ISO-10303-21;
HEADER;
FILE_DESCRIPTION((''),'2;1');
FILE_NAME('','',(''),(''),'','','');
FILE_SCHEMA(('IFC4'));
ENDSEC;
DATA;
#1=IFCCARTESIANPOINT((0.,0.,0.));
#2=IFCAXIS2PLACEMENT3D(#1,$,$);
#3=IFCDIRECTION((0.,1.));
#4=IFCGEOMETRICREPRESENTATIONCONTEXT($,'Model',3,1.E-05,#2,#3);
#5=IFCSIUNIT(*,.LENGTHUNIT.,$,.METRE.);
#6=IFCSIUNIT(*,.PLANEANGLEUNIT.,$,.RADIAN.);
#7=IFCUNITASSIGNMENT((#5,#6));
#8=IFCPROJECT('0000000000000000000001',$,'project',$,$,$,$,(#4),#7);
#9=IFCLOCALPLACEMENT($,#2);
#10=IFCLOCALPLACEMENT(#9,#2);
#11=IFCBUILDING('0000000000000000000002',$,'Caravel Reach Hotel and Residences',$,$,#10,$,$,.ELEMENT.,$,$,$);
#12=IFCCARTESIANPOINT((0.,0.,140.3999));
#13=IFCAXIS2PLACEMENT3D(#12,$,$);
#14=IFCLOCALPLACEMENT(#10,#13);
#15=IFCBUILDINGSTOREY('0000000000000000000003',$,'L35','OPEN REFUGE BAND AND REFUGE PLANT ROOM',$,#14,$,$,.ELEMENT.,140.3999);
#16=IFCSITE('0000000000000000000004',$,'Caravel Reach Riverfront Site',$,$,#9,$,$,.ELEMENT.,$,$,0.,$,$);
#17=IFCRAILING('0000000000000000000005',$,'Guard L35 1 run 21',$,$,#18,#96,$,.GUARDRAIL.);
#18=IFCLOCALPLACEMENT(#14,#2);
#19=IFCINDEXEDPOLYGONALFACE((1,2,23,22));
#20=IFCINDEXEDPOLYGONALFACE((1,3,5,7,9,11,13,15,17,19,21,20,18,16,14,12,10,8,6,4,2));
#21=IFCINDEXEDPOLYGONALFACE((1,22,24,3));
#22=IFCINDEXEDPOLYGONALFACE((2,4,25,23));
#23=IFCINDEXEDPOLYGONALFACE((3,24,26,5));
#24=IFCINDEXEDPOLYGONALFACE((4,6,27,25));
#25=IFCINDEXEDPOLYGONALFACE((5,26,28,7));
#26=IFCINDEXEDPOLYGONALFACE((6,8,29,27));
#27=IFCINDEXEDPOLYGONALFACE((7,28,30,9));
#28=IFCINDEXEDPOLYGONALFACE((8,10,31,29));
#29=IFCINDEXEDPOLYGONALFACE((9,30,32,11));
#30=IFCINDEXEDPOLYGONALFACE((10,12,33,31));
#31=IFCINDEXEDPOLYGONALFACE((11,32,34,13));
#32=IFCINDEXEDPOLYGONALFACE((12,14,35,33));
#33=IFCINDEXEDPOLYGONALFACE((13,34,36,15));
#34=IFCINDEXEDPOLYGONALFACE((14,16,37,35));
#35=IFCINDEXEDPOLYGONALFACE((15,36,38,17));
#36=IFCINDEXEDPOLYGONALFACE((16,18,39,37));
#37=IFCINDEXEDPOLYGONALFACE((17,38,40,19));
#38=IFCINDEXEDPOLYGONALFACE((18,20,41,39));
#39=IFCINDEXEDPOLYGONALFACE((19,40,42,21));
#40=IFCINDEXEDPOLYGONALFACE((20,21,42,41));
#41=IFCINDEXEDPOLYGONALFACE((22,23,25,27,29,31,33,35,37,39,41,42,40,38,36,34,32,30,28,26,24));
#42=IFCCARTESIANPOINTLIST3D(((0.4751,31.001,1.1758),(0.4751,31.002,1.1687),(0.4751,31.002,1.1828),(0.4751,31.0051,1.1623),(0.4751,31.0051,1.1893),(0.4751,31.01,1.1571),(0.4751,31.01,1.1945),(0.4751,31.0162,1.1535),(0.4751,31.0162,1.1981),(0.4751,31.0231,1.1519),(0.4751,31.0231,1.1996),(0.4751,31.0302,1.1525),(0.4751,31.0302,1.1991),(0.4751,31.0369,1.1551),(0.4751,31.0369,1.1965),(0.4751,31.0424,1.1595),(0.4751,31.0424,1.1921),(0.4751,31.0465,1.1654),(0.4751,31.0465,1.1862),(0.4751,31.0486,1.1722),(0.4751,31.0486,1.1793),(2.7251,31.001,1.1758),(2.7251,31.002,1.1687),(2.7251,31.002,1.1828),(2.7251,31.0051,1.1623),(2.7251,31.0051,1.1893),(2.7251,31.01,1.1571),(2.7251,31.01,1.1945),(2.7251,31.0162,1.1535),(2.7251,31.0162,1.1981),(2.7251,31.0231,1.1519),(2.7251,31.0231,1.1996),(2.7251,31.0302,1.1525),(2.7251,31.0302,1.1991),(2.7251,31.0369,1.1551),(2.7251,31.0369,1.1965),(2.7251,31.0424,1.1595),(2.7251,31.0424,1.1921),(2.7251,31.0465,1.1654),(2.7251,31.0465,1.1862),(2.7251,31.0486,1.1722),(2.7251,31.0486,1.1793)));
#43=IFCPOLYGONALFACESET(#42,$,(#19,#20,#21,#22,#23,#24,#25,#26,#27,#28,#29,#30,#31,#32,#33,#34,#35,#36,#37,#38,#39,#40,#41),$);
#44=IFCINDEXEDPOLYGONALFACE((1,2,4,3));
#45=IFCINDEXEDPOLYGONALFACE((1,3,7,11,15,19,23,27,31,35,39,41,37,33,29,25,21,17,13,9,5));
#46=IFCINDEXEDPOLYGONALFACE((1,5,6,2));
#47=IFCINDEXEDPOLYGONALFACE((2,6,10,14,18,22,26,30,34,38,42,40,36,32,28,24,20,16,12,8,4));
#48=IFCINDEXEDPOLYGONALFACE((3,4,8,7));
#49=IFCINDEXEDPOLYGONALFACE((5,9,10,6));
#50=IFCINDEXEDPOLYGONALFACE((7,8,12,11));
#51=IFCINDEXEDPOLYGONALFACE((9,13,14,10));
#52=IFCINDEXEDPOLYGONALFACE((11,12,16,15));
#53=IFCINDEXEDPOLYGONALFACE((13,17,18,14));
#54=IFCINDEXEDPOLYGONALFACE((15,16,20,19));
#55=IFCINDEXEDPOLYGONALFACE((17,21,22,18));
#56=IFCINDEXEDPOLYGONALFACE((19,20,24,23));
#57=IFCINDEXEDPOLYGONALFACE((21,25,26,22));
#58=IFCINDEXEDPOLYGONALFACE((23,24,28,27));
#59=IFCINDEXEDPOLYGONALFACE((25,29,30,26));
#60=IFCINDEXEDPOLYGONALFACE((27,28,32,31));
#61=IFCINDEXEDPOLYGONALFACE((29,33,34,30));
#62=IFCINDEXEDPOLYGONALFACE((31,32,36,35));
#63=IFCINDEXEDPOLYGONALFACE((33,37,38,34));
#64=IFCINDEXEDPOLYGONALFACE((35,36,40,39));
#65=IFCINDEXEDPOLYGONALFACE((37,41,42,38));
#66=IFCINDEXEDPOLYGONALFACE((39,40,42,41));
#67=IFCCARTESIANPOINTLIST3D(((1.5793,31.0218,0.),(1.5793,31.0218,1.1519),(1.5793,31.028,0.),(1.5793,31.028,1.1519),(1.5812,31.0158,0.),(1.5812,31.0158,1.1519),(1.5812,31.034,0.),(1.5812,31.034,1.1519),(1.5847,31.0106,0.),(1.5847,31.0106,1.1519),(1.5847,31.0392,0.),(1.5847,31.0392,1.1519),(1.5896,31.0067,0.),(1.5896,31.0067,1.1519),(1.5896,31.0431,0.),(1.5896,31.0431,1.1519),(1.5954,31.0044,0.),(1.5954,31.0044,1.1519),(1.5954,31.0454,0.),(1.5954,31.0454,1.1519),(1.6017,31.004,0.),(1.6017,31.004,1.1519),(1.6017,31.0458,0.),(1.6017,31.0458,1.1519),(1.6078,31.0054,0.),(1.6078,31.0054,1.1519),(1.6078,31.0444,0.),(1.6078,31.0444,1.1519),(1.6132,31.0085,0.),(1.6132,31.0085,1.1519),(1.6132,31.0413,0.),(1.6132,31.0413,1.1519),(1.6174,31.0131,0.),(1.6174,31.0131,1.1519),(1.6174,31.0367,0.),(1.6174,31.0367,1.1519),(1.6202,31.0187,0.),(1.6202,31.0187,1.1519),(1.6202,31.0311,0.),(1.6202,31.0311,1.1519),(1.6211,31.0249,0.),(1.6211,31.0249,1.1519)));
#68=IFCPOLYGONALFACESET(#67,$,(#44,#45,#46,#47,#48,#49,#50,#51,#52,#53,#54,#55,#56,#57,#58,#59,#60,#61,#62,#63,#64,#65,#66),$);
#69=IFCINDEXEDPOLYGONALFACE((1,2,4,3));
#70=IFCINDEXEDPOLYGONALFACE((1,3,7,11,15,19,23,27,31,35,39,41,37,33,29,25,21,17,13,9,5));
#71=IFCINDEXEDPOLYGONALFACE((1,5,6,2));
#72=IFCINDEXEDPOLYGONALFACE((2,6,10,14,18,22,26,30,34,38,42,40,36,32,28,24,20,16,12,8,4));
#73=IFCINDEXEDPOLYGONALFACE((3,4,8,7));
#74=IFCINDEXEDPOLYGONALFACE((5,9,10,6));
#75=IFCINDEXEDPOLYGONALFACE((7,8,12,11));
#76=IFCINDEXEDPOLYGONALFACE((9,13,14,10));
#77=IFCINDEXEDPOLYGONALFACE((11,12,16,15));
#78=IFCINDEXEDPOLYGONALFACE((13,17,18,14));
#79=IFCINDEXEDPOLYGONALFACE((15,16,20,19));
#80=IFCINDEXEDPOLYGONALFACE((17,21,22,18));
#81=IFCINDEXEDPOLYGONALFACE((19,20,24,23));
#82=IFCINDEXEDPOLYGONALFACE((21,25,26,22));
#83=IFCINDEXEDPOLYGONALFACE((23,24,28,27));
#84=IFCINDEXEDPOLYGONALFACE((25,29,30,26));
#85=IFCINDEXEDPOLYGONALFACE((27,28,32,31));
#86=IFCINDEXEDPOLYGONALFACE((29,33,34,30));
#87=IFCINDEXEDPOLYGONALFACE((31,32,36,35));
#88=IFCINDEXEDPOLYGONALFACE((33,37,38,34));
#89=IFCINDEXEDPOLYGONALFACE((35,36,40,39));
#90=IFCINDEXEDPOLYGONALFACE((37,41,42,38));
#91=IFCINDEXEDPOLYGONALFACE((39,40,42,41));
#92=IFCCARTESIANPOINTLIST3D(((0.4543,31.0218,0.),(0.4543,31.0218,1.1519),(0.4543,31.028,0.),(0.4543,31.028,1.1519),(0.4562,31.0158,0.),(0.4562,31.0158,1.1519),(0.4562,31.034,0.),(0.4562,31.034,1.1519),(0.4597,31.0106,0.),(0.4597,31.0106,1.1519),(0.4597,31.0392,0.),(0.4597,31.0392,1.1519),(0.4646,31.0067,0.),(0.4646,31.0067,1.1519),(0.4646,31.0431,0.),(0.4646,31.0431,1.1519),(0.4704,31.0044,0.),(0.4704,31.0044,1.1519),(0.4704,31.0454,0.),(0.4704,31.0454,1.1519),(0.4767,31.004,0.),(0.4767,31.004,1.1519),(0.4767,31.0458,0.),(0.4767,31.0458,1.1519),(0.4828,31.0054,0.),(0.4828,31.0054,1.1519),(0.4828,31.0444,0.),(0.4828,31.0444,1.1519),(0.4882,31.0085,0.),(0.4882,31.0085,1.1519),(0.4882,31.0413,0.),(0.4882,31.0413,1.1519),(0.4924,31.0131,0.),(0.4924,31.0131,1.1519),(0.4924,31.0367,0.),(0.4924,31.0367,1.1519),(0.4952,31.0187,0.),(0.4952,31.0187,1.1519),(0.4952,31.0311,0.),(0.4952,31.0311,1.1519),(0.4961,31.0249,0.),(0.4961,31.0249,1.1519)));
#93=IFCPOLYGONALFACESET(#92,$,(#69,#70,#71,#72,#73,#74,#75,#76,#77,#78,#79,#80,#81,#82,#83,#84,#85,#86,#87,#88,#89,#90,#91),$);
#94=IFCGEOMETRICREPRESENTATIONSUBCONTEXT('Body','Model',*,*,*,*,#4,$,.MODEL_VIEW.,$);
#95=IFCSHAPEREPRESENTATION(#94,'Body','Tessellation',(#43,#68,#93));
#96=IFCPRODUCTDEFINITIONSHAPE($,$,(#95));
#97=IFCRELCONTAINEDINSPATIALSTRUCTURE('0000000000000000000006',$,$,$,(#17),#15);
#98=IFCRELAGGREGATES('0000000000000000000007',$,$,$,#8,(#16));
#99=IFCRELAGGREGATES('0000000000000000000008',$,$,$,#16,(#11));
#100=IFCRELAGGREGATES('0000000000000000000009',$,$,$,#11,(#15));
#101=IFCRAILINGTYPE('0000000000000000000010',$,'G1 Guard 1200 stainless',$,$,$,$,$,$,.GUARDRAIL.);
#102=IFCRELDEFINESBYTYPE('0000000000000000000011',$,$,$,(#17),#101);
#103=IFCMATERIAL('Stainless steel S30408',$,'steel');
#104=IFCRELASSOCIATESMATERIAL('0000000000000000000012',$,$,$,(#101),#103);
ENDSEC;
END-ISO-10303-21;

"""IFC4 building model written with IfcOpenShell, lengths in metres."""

from ifc_helpers import new_model, si_unit, direction, frame, origin, origin_2d, place, context, subcontext, project, spatial, circle, extrude, material, type_object, element, save


model = new_model("IFC4")

# Units and contexts
model_context = context("Model", 3, precision=1e-05, world=origin(), true_north=direction((0.0, 1.0)))
body_context = subcontext(model_context, "Body", "Model", "MODEL_VIEW")
ifc_project = project(units=[si_unit("LENGTHUNIT", "METRE"), si_unit("PLANEANGLEUNIT", "RADIAN")], contexts=[model_context])

# Site, building, storey
site_placement = place(None, origin())
site = spatial("IfcSite", under=ifc_project, at=site_placement, Name="Caravel Reach Riverfront Site", CompositionType="ELEMENT", RefElevation=0.0)
building_placement = place(site_placement, origin())
building = spatial("IfcBuilding", under=site, at=building_placement, Name="Caravel Reach Hotel and Residences", CompositionType="ELEMENT")
storey_placement = place(building_placement, frame((0.0, 0.0, 140.3999)))
storey = spatial("IfcBuildingStorey", under=building, at=storey_placement, Name="L35", Description="OPEN REFUGE BAND AND REFUGE PLANT ROOM", CompositionType="ELEMENT", Elevation=140.3999)

# Railing
ifc_material_1 = material(Name="Stainless steel S30408", Category="steel")
railing_type = type_object("IfcRailingType", Name="G1 Guard 1200 stainless", PredefinedType="GUARDRAIL", material=ifc_material_1)
railing_1_placement = place(storey_placement, frame((2.7251, 31.0249, 0.0)))
element("IfcRailing", 1, at=railing_1_placement, inside=storey, type_object=railing_type, Name="Guard L35 1 run 21", PredefinedType="GUARDRAIL", context=body_context, shape_type="SweptSolid", body=[
    extrude(circle(Radius=0.0239, at=origin_2d()), frame((0.0, 0.0, 1.1758), z_axis=(-1.0, 0.0, 0.0), x_axis=(0.0, -1.0, 0.0)), (0.0, 0.0, 1.0), 2.25),
    extrude(circle(Radius=0.021, at=origin_2d()), frame((-1.125, 0.0, 0.0)), (0.0, 0.0, 1.0), 1.1519),
    extrude(circle(Radius=0.021, at=origin_2d()), frame((-2.25, 0.0, 0.0)), (0.0, 0.0, 1.0), 1.1519),
])

save(model, "model.ifc")
